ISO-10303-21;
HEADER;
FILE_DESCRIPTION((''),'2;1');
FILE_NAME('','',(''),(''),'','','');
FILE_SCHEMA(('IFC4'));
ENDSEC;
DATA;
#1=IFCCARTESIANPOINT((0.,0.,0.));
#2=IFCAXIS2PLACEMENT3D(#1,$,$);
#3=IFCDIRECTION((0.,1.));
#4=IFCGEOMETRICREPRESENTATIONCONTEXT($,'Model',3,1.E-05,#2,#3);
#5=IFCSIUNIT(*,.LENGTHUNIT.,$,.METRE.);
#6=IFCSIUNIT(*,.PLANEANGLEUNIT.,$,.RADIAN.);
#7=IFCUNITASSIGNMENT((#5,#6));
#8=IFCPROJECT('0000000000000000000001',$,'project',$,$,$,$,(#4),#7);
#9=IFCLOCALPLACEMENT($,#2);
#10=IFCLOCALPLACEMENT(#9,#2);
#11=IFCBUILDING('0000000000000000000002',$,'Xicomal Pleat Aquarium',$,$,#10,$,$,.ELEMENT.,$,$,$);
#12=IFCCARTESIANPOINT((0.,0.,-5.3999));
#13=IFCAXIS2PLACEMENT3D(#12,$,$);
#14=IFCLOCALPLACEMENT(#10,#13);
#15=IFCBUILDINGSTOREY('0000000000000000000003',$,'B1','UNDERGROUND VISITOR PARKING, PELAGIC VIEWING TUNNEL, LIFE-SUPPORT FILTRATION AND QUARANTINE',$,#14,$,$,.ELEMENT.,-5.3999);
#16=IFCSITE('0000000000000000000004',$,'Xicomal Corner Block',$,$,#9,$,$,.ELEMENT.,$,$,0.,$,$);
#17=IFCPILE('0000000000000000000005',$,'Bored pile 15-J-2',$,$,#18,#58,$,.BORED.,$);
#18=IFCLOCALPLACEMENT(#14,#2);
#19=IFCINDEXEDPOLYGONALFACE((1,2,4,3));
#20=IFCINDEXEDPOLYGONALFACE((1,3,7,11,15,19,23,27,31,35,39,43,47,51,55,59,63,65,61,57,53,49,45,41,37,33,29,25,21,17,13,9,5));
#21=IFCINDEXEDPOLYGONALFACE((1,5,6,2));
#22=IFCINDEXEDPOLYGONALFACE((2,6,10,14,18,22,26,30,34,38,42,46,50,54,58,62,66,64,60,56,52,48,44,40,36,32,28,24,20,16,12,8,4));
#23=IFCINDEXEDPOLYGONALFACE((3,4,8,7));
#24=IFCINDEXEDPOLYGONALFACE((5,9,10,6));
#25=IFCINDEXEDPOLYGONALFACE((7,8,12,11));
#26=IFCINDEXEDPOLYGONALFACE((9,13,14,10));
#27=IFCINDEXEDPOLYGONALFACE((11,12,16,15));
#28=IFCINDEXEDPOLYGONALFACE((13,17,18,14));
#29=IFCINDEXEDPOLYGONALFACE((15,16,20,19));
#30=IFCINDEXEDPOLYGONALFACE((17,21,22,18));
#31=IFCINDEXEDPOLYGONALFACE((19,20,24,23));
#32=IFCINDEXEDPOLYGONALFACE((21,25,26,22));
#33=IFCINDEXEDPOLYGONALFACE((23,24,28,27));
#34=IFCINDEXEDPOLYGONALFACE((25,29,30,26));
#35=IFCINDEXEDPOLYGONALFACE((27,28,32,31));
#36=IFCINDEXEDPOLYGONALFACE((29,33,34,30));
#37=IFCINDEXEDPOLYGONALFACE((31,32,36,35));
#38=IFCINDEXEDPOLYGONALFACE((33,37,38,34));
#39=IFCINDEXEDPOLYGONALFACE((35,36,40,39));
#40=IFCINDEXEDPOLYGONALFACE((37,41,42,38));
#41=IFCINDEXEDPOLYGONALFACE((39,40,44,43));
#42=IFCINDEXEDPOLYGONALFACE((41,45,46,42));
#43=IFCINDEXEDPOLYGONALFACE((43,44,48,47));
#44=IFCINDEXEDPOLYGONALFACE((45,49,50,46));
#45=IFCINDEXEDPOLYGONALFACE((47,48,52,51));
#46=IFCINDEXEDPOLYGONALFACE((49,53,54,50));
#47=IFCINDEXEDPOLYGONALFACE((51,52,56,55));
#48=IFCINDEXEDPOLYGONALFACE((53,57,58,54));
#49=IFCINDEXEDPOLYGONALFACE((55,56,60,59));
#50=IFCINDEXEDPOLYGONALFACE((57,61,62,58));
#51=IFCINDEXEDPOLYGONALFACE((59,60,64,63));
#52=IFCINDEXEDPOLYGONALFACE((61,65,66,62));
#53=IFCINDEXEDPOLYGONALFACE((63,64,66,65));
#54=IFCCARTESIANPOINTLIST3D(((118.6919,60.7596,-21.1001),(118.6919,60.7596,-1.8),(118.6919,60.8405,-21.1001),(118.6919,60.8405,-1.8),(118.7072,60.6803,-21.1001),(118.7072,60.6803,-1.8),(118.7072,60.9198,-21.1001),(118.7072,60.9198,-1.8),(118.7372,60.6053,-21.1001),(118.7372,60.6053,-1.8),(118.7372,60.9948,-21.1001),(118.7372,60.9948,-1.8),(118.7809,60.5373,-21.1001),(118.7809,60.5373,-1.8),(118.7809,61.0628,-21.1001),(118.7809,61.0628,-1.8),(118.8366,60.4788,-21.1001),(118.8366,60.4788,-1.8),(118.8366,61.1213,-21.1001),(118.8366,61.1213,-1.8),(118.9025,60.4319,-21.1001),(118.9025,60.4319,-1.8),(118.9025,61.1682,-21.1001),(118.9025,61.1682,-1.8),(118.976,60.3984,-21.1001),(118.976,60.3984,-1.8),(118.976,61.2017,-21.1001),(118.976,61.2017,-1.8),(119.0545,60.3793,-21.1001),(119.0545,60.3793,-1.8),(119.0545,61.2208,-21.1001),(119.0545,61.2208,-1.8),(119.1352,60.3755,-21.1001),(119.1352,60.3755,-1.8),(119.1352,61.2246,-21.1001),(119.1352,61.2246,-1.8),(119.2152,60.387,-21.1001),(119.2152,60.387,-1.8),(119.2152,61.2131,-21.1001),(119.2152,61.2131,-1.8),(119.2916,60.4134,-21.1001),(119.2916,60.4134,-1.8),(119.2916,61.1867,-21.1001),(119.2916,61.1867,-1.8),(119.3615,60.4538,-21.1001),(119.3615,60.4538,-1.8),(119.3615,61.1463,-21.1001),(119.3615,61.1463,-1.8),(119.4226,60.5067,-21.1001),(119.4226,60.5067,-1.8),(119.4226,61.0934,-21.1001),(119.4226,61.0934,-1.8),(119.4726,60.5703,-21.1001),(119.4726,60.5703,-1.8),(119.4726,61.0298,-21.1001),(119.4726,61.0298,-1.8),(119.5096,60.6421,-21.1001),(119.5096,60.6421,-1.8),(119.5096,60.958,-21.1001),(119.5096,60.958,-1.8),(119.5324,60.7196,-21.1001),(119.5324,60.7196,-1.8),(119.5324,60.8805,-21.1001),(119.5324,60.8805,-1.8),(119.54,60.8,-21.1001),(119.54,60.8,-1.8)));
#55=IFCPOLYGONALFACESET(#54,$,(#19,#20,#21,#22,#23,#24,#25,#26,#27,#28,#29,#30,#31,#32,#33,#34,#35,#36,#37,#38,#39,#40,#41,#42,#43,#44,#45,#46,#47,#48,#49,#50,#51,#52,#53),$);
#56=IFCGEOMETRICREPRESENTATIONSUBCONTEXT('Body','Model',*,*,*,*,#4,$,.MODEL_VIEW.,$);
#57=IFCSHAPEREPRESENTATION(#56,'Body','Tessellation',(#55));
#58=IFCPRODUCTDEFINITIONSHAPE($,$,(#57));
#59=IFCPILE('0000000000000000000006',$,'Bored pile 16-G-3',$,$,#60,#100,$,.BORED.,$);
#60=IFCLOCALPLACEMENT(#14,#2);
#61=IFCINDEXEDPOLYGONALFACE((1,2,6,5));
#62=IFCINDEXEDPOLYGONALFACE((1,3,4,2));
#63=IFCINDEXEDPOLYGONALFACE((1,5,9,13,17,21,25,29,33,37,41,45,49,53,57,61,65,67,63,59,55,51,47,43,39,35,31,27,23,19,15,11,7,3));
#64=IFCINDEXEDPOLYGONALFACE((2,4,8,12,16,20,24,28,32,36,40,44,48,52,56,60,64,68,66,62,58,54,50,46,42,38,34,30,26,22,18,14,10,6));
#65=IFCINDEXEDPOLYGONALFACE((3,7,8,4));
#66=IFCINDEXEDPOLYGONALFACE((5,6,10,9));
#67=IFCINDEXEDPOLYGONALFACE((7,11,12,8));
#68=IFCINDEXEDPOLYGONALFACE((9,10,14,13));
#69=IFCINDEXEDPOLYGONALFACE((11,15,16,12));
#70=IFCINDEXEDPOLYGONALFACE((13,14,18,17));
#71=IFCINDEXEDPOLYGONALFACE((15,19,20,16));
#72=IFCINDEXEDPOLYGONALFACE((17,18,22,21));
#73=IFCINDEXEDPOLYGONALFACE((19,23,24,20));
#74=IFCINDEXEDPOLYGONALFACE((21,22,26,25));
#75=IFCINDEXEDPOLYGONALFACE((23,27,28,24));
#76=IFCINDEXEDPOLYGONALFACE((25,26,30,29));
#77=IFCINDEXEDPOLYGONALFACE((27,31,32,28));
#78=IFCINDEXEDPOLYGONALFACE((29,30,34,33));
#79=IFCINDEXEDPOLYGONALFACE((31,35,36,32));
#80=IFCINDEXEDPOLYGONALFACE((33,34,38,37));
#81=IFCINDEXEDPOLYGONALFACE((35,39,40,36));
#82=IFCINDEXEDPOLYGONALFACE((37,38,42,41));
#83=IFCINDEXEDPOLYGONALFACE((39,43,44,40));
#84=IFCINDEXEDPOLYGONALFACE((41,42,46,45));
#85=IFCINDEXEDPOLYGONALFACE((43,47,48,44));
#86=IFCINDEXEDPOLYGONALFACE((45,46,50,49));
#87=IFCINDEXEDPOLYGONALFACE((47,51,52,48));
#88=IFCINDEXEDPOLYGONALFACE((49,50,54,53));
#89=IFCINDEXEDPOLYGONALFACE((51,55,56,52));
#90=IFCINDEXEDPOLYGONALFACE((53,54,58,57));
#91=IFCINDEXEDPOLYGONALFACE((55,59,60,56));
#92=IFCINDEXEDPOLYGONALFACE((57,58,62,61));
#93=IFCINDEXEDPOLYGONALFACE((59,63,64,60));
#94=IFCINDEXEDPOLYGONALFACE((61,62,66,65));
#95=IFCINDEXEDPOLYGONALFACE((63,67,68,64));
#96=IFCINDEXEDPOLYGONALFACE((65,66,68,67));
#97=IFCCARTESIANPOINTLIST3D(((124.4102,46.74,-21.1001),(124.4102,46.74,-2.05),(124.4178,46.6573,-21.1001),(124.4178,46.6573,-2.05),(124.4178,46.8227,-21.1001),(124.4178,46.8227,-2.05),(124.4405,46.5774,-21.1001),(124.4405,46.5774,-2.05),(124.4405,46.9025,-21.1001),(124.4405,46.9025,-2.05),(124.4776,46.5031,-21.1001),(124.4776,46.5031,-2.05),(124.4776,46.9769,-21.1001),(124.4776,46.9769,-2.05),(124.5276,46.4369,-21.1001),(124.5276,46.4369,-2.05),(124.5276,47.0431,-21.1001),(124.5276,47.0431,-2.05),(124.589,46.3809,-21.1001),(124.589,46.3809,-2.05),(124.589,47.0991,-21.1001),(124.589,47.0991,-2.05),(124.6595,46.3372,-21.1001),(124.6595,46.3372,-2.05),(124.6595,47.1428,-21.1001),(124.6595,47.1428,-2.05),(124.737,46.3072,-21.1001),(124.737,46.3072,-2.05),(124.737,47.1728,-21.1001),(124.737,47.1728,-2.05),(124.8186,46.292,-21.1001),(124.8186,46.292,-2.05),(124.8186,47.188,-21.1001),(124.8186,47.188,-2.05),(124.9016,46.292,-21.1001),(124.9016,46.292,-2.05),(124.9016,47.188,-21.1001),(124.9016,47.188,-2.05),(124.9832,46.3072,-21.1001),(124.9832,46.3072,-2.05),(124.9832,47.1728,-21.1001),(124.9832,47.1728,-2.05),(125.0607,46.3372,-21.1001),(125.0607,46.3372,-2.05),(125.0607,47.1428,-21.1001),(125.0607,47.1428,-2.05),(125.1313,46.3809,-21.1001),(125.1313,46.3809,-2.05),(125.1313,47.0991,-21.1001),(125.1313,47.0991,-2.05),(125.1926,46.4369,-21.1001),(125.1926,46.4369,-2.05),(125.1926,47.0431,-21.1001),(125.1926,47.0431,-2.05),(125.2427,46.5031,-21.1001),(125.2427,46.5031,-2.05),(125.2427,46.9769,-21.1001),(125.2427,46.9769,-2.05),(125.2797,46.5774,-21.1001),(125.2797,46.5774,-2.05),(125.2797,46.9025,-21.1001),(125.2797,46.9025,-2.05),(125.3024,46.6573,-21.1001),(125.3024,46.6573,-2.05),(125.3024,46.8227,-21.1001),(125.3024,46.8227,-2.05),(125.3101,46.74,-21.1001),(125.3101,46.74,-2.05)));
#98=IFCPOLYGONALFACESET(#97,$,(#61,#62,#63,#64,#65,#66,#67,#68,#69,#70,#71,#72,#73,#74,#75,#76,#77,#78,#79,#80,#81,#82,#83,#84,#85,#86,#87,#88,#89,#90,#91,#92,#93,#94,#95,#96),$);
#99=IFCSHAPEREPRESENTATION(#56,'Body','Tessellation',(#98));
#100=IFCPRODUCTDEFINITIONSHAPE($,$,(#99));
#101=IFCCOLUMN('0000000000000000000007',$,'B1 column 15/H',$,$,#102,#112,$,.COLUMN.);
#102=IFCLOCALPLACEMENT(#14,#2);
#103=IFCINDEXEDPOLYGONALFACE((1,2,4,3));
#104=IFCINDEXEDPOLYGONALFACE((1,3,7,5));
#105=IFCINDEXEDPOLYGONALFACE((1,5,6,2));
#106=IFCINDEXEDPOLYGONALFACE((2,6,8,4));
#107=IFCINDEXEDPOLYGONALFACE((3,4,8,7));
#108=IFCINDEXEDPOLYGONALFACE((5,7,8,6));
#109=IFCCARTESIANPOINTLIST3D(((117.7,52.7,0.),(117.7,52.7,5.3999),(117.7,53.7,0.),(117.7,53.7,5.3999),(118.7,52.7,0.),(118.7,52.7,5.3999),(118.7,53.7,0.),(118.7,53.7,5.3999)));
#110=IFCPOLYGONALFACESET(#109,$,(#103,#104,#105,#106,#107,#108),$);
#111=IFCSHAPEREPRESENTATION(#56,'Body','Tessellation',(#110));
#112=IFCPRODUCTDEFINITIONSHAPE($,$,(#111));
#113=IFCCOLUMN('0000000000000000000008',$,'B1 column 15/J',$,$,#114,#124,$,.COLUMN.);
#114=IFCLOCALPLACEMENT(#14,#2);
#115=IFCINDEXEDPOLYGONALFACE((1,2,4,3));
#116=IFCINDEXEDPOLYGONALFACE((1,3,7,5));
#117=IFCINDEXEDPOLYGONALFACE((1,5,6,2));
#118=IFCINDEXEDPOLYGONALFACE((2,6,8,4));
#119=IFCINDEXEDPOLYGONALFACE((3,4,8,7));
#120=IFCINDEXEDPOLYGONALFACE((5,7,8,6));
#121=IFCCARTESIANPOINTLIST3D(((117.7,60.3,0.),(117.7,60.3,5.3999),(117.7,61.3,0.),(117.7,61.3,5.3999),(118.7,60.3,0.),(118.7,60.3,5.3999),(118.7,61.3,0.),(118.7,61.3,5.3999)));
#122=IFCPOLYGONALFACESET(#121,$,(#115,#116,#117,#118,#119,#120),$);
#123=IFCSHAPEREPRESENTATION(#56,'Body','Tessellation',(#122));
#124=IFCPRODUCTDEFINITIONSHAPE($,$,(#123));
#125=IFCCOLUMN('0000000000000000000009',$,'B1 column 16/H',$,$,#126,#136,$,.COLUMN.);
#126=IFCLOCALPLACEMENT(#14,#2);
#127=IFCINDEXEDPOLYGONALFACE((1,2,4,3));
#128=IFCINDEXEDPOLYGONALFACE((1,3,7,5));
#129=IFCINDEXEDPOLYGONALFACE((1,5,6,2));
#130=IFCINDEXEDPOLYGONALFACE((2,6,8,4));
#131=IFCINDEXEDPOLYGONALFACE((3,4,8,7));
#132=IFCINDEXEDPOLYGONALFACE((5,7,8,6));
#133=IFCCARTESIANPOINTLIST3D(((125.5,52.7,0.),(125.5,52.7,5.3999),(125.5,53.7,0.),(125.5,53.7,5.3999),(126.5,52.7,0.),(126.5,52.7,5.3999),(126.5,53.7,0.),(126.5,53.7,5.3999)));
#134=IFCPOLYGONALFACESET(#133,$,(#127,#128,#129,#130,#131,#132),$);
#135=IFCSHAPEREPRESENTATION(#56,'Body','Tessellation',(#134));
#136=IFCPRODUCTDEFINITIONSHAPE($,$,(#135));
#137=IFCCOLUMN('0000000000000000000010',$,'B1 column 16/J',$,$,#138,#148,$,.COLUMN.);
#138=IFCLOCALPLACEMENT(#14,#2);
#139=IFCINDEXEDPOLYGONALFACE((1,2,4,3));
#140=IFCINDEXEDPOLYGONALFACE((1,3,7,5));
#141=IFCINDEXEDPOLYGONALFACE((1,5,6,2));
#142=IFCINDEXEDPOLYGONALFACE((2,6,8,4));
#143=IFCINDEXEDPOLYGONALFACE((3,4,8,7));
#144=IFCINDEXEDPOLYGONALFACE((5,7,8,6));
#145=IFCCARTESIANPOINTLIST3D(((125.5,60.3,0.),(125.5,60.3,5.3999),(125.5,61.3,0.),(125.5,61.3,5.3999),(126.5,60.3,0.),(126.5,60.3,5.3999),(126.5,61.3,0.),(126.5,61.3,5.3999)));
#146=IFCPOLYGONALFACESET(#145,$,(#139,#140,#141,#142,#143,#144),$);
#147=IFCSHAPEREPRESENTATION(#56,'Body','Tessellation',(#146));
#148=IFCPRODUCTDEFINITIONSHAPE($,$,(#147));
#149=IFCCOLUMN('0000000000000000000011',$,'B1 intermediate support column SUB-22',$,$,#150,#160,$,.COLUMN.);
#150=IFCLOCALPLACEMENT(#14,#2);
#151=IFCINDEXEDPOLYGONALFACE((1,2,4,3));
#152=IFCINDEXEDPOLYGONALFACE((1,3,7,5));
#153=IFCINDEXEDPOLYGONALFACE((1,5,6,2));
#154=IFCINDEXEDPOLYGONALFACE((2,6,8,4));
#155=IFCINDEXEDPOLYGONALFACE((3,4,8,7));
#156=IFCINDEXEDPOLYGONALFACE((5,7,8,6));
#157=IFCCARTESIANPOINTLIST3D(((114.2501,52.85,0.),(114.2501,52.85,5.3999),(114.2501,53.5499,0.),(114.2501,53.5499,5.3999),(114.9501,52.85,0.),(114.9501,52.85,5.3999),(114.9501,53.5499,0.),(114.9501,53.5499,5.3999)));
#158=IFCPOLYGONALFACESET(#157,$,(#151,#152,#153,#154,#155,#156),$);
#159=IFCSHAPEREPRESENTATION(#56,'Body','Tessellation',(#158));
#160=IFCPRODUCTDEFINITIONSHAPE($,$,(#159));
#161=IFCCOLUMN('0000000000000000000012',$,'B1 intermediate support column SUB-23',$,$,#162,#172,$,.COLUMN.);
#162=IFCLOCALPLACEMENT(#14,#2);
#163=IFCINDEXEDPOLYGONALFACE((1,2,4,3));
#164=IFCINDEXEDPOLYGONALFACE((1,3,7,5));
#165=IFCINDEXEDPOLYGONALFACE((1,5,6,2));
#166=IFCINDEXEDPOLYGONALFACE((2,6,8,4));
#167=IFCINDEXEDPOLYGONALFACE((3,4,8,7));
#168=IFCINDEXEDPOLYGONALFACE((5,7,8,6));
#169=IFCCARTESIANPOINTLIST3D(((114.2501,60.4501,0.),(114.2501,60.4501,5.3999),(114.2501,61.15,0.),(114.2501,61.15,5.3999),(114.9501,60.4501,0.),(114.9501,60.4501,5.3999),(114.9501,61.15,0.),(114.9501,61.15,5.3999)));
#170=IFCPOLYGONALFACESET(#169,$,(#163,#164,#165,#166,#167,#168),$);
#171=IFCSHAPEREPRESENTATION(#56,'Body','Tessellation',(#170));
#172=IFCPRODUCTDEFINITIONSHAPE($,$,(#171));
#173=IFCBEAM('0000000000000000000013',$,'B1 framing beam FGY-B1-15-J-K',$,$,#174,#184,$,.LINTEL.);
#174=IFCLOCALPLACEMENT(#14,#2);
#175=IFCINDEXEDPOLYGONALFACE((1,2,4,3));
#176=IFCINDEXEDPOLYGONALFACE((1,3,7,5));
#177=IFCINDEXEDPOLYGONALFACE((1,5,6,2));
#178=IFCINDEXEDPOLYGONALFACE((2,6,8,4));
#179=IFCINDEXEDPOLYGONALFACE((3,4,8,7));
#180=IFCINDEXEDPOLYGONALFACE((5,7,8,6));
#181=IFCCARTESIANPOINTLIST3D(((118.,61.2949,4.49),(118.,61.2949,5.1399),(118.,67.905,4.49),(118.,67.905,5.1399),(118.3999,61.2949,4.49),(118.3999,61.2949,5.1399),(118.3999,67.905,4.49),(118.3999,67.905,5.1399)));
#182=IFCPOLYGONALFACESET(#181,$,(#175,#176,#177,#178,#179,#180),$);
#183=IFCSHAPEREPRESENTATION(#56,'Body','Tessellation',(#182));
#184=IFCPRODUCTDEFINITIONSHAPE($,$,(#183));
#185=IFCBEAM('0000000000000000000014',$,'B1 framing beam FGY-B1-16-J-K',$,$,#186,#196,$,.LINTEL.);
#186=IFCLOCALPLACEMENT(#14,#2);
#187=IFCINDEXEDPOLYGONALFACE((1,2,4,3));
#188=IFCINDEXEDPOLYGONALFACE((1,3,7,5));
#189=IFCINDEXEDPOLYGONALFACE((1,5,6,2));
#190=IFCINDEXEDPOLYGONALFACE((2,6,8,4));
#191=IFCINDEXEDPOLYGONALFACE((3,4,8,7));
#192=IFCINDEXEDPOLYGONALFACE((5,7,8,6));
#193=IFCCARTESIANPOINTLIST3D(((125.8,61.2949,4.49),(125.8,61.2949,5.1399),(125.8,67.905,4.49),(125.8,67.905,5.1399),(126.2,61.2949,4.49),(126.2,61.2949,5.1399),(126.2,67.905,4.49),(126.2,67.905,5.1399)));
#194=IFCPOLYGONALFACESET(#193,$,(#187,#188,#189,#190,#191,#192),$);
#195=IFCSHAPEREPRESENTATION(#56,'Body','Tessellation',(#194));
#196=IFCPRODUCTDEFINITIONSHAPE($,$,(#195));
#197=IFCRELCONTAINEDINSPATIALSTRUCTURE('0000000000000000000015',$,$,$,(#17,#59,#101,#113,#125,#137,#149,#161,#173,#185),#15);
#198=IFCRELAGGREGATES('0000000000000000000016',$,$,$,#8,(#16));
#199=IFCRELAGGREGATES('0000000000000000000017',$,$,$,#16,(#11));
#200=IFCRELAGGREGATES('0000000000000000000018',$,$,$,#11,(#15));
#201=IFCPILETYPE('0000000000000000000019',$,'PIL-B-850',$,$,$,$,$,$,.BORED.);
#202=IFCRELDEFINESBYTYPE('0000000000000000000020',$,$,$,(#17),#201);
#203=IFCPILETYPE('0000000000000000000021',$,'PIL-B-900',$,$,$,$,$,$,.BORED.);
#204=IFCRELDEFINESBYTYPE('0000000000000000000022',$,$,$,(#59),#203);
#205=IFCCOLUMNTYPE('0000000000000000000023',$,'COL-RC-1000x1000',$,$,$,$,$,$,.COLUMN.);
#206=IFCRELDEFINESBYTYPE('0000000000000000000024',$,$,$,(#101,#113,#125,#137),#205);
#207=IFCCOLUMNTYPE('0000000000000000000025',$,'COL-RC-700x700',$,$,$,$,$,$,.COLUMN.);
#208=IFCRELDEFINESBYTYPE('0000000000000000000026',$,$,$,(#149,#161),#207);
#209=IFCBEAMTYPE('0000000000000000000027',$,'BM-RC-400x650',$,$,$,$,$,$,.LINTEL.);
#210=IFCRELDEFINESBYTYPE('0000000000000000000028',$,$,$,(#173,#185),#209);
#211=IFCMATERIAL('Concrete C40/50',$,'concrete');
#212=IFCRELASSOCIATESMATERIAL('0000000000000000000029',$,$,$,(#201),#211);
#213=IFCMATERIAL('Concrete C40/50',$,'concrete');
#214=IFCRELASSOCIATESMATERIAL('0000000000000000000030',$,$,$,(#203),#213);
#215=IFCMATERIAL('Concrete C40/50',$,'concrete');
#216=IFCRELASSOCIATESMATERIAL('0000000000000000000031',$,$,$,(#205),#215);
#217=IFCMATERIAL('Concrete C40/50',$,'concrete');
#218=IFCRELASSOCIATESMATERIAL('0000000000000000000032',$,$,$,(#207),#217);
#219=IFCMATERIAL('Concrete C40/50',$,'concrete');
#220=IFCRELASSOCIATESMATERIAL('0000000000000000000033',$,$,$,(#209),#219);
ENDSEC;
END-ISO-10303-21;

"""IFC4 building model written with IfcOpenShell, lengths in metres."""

from ifc_helpers import new_model, si_unit, direction, frame, origin, origin_2d, place, context, subcontext, project, spatial, rectangle, circle, extrude, material, material_profile, profile_set, type_object, element, save


model = new_model("IFC4")

# Units and contexts
model_context = context("Model", 3, precision=1e-05, world=origin(), true_north=direction((0.0, 1.0)))
body_context = subcontext(model_context, "Body", "Model", "MODEL_VIEW")
ifc_project = project(units=[si_unit("LENGTHUNIT", "METRE"), si_unit("PLANEANGLEUNIT", "RADIAN")], contexts=[model_context])

# Site, building, storey
site_placement = place(None, origin())
site = spatial("IfcSite", under=ifc_project, at=site_placement, Name="Xicomal Corner Block", CompositionType="ELEMENT", RefElevation=0.0)
building_placement = place(site_placement, origin())
building = spatial("IfcBuilding", under=site, at=building_placement, Name="Xicomal Pleat Aquarium", CompositionType="ELEMENT")
storey_placement = place(building_placement, frame((0.0, 0.0, -5.3999)))
storey = spatial("IfcBuildingStorey", under=building, at=storey_placement, Name="B1", Description="UNDERGROUND VISITOR PARKING, PELAGIC VIEWING TUNNEL, LIFE-SUPPORT FILTRATION AND QUARANTINE", CompositionType="ELEMENT", Elevation=-5.3999)

# Piles
ifc_material_1 = material(Name="Concrete C40/50", Category="concrete")
ifc_material_profile_1 = material_profile(ifc_material_1, circle(Radius=0.425, at=origin_2d()), Name="BORED PILE D850")
ifc_profile_set_1 = profile_set([ifc_material_profile_1], Name="Concrete C40/50")
pile_type_1 = type_object("IfcPileType", Name="PIL-B-850", PredefinedType="BORED", material=ifc_profile_set_1)
for number, where, z_axis, x_axis, name in (
    (1, (119.115, 60.8, -1.8), (0.0, 0.0, -1.0), (1.0, 0.0, 0.0), "Bored pile 15-J-2"),
):
    element("IfcPile", number, at=place(storey_placement, frame(where, z_axis=z_axis, x_axis=x_axis)), inside=storey, type_object=pile_type_1, Name=name, PredefinedType="BORED", context=body_context, shape_type="SweptSolid", body=[
        extrude(circle(Radius=0.425, at=origin_2d()), origin(), (0.0, 0.0, 1.0), 19.3),
    ])
ifc_material_2 = material(Name="Concrete C40/50", Category="concrete")
ifc_material_profile_2 = material_profile(ifc_material_2, circle(Radius=0.45, at=origin_2d()), Name="BORED PILE D900")
ifc_profile_set_2 = profile_set([ifc_material_profile_2], Name="Concrete C40/50")
pile_type_2 = type_object("IfcPileType", Name="PIL-B-900", PredefinedType="BORED", material=ifc_profile_set_2)
pile_placement = place(storey_placement, frame((124.8601, 46.74, -2.05), z_axis=(0.0, 0.0, -1.0), x_axis=(1.0, 0.0, 0.0)))
element("IfcPile", 2, at=pile_placement, inside=storey, type_object=pile_type_2, Name="Bored pile 16-G-3", PredefinedType="BORED", context=body_context, shape_type="SweptSolid", body=[
    extrude(circle(Radius=0.45, at=origin_2d()), origin(), (0.0, 0.0, 1.0), 19.05),
])

# Columns
ifc_material_3 = material(Name="Concrete C40/50", Category="concrete")
ifc_material_profile_3 = material_profile(ifc_material_3, rectangle(XDim=1.0, YDim=1.0, at=origin_2d()), Name="RC 1000x1000")
ifc_profile_set_3 = profile_set([ifc_material_profile_3], Name="Concrete C40/50")
column_type_1 = type_object("IfcColumnType", Name="COL-RC-1000x1000", PredefinedType="COLUMN", material=ifc_profile_set_3)
for number, where, z_axis, x_axis, name in (
    (3, (118.2, 53.2, 0.0), (0.0, 0.0, 1.0), (1.0, 0.0, 0.0), "B1 column 15/H"),
    (4, (118.2, 60.8, 0.0), (0.0, 0.0, 1.0), (1.0, 0.0, 0.0), "B1 column 15/J"),
    (5, (126.0, 53.2, 0.0), (0.0, 0.0, 1.0), (1.0, 0.0, 0.0), "B1 column 16/H"),
    (6, (126.0, 60.8, 0.0), (0.0, 0.0, 1.0), (1.0, 0.0, 0.0), "B1 column 16/J"),
):
    element("IfcColumn", number, at=place(storey_placement, frame(where, z_axis=z_axis, x_axis=x_axis)), inside=storey, type_object=column_type_1, Name=name, PredefinedType="COLUMN", context=body_context, shape_type="SweptSolid", body=[
        extrude(rectangle(XDim=1.0, YDim=1.0, at=origin_2d()), origin(), (0.0, 0.0, 1.0), 5.3999),
    ])
ifc_material_4 = material(Name="Concrete C40/50", Category="concrete")
ifc_material_profile_4 = material_profile(ifc_material_4, rectangle(XDim=0.7, YDim=0.7, at=origin_2d()), Name="RC 700x700")
ifc_profile_set_4 = profile_set([ifc_material_profile_4], Name="Concrete C40/50")
column_type_2 = type_object("IfcColumnType", Name="COL-RC-700x700", PredefinedType="COLUMN", material=ifc_profile_set_4)
for number, where, z_axis, x_axis, name in (
    (7, (114.6001, 53.2, 0.0), (0.0, 0.0, 1.0), (1.0, 0.0, 0.0), "B1 intermediate support column SUB-22"),
    (8, (114.6001, 60.8, 0.0), (0.0, 0.0, 1.0), (1.0, 0.0, 0.0), "B1 intermediate support column SUB-23"),
):
    element("IfcColumn", number, at=place(storey_placement, frame(where, z_axis=z_axis, x_axis=x_axis)), inside=storey, type_object=column_type_2, Name=name, PredefinedType="COLUMN", context=body_context, shape_type="SweptSolid", body=[
        extrude(rectangle(XDim=0.7, YDim=0.7, at=origin_2d()), origin(), (0.0, 0.0, 1.0), 5.3999),
    ])

# Beams
ifc_material_5 = material(Name="Concrete C40/50", Category="concrete")
ifc_material_profile_5 = material_profile(ifc_material_5, rectangle(XDim=0.3999, YDim=0.6499, at=origin_2d()), Name="RC 400x650")
ifc_profile_set_5 = profile_set([ifc_material_profile_5], Name="Concrete C40/50")
beam_type_1 = type_object("IfcBeamType", Name="BM-RC-400x650", PredefinedType="LINTEL", material=ifc_profile_set_5)
for number, where, z_axis, x_axis, name in (
    (9, (118.2, 61.2949, 4.8149), (0.0, 1.0, 0.0), (-1.0, 0.0, 0.0), "B1 framing beam FGY-B1-15-J-K"),
    (10, (126.0, 61.2949, 4.8149), (0.0, 1.0, 0.0), (-1.0, 0.0, 0.0), "B1 framing beam FGY-B1-16-J-K"),
):
    element("IfcBeam", number, at=place(storey_placement, frame(where, z_axis=z_axis, x_axis=x_axis)), inside=storey, type_object=beam_type_1, Name=name, PredefinedType="LINTEL", context=body_context, shape_type="SweptSolid", body=[
        extrude(rectangle(XDim=0.3999, YDim=0.6499, at=origin_2d()), origin(), (0.0, 0.0, 1.0), 6.6101),
    ])

save(model, "model.ifc")
